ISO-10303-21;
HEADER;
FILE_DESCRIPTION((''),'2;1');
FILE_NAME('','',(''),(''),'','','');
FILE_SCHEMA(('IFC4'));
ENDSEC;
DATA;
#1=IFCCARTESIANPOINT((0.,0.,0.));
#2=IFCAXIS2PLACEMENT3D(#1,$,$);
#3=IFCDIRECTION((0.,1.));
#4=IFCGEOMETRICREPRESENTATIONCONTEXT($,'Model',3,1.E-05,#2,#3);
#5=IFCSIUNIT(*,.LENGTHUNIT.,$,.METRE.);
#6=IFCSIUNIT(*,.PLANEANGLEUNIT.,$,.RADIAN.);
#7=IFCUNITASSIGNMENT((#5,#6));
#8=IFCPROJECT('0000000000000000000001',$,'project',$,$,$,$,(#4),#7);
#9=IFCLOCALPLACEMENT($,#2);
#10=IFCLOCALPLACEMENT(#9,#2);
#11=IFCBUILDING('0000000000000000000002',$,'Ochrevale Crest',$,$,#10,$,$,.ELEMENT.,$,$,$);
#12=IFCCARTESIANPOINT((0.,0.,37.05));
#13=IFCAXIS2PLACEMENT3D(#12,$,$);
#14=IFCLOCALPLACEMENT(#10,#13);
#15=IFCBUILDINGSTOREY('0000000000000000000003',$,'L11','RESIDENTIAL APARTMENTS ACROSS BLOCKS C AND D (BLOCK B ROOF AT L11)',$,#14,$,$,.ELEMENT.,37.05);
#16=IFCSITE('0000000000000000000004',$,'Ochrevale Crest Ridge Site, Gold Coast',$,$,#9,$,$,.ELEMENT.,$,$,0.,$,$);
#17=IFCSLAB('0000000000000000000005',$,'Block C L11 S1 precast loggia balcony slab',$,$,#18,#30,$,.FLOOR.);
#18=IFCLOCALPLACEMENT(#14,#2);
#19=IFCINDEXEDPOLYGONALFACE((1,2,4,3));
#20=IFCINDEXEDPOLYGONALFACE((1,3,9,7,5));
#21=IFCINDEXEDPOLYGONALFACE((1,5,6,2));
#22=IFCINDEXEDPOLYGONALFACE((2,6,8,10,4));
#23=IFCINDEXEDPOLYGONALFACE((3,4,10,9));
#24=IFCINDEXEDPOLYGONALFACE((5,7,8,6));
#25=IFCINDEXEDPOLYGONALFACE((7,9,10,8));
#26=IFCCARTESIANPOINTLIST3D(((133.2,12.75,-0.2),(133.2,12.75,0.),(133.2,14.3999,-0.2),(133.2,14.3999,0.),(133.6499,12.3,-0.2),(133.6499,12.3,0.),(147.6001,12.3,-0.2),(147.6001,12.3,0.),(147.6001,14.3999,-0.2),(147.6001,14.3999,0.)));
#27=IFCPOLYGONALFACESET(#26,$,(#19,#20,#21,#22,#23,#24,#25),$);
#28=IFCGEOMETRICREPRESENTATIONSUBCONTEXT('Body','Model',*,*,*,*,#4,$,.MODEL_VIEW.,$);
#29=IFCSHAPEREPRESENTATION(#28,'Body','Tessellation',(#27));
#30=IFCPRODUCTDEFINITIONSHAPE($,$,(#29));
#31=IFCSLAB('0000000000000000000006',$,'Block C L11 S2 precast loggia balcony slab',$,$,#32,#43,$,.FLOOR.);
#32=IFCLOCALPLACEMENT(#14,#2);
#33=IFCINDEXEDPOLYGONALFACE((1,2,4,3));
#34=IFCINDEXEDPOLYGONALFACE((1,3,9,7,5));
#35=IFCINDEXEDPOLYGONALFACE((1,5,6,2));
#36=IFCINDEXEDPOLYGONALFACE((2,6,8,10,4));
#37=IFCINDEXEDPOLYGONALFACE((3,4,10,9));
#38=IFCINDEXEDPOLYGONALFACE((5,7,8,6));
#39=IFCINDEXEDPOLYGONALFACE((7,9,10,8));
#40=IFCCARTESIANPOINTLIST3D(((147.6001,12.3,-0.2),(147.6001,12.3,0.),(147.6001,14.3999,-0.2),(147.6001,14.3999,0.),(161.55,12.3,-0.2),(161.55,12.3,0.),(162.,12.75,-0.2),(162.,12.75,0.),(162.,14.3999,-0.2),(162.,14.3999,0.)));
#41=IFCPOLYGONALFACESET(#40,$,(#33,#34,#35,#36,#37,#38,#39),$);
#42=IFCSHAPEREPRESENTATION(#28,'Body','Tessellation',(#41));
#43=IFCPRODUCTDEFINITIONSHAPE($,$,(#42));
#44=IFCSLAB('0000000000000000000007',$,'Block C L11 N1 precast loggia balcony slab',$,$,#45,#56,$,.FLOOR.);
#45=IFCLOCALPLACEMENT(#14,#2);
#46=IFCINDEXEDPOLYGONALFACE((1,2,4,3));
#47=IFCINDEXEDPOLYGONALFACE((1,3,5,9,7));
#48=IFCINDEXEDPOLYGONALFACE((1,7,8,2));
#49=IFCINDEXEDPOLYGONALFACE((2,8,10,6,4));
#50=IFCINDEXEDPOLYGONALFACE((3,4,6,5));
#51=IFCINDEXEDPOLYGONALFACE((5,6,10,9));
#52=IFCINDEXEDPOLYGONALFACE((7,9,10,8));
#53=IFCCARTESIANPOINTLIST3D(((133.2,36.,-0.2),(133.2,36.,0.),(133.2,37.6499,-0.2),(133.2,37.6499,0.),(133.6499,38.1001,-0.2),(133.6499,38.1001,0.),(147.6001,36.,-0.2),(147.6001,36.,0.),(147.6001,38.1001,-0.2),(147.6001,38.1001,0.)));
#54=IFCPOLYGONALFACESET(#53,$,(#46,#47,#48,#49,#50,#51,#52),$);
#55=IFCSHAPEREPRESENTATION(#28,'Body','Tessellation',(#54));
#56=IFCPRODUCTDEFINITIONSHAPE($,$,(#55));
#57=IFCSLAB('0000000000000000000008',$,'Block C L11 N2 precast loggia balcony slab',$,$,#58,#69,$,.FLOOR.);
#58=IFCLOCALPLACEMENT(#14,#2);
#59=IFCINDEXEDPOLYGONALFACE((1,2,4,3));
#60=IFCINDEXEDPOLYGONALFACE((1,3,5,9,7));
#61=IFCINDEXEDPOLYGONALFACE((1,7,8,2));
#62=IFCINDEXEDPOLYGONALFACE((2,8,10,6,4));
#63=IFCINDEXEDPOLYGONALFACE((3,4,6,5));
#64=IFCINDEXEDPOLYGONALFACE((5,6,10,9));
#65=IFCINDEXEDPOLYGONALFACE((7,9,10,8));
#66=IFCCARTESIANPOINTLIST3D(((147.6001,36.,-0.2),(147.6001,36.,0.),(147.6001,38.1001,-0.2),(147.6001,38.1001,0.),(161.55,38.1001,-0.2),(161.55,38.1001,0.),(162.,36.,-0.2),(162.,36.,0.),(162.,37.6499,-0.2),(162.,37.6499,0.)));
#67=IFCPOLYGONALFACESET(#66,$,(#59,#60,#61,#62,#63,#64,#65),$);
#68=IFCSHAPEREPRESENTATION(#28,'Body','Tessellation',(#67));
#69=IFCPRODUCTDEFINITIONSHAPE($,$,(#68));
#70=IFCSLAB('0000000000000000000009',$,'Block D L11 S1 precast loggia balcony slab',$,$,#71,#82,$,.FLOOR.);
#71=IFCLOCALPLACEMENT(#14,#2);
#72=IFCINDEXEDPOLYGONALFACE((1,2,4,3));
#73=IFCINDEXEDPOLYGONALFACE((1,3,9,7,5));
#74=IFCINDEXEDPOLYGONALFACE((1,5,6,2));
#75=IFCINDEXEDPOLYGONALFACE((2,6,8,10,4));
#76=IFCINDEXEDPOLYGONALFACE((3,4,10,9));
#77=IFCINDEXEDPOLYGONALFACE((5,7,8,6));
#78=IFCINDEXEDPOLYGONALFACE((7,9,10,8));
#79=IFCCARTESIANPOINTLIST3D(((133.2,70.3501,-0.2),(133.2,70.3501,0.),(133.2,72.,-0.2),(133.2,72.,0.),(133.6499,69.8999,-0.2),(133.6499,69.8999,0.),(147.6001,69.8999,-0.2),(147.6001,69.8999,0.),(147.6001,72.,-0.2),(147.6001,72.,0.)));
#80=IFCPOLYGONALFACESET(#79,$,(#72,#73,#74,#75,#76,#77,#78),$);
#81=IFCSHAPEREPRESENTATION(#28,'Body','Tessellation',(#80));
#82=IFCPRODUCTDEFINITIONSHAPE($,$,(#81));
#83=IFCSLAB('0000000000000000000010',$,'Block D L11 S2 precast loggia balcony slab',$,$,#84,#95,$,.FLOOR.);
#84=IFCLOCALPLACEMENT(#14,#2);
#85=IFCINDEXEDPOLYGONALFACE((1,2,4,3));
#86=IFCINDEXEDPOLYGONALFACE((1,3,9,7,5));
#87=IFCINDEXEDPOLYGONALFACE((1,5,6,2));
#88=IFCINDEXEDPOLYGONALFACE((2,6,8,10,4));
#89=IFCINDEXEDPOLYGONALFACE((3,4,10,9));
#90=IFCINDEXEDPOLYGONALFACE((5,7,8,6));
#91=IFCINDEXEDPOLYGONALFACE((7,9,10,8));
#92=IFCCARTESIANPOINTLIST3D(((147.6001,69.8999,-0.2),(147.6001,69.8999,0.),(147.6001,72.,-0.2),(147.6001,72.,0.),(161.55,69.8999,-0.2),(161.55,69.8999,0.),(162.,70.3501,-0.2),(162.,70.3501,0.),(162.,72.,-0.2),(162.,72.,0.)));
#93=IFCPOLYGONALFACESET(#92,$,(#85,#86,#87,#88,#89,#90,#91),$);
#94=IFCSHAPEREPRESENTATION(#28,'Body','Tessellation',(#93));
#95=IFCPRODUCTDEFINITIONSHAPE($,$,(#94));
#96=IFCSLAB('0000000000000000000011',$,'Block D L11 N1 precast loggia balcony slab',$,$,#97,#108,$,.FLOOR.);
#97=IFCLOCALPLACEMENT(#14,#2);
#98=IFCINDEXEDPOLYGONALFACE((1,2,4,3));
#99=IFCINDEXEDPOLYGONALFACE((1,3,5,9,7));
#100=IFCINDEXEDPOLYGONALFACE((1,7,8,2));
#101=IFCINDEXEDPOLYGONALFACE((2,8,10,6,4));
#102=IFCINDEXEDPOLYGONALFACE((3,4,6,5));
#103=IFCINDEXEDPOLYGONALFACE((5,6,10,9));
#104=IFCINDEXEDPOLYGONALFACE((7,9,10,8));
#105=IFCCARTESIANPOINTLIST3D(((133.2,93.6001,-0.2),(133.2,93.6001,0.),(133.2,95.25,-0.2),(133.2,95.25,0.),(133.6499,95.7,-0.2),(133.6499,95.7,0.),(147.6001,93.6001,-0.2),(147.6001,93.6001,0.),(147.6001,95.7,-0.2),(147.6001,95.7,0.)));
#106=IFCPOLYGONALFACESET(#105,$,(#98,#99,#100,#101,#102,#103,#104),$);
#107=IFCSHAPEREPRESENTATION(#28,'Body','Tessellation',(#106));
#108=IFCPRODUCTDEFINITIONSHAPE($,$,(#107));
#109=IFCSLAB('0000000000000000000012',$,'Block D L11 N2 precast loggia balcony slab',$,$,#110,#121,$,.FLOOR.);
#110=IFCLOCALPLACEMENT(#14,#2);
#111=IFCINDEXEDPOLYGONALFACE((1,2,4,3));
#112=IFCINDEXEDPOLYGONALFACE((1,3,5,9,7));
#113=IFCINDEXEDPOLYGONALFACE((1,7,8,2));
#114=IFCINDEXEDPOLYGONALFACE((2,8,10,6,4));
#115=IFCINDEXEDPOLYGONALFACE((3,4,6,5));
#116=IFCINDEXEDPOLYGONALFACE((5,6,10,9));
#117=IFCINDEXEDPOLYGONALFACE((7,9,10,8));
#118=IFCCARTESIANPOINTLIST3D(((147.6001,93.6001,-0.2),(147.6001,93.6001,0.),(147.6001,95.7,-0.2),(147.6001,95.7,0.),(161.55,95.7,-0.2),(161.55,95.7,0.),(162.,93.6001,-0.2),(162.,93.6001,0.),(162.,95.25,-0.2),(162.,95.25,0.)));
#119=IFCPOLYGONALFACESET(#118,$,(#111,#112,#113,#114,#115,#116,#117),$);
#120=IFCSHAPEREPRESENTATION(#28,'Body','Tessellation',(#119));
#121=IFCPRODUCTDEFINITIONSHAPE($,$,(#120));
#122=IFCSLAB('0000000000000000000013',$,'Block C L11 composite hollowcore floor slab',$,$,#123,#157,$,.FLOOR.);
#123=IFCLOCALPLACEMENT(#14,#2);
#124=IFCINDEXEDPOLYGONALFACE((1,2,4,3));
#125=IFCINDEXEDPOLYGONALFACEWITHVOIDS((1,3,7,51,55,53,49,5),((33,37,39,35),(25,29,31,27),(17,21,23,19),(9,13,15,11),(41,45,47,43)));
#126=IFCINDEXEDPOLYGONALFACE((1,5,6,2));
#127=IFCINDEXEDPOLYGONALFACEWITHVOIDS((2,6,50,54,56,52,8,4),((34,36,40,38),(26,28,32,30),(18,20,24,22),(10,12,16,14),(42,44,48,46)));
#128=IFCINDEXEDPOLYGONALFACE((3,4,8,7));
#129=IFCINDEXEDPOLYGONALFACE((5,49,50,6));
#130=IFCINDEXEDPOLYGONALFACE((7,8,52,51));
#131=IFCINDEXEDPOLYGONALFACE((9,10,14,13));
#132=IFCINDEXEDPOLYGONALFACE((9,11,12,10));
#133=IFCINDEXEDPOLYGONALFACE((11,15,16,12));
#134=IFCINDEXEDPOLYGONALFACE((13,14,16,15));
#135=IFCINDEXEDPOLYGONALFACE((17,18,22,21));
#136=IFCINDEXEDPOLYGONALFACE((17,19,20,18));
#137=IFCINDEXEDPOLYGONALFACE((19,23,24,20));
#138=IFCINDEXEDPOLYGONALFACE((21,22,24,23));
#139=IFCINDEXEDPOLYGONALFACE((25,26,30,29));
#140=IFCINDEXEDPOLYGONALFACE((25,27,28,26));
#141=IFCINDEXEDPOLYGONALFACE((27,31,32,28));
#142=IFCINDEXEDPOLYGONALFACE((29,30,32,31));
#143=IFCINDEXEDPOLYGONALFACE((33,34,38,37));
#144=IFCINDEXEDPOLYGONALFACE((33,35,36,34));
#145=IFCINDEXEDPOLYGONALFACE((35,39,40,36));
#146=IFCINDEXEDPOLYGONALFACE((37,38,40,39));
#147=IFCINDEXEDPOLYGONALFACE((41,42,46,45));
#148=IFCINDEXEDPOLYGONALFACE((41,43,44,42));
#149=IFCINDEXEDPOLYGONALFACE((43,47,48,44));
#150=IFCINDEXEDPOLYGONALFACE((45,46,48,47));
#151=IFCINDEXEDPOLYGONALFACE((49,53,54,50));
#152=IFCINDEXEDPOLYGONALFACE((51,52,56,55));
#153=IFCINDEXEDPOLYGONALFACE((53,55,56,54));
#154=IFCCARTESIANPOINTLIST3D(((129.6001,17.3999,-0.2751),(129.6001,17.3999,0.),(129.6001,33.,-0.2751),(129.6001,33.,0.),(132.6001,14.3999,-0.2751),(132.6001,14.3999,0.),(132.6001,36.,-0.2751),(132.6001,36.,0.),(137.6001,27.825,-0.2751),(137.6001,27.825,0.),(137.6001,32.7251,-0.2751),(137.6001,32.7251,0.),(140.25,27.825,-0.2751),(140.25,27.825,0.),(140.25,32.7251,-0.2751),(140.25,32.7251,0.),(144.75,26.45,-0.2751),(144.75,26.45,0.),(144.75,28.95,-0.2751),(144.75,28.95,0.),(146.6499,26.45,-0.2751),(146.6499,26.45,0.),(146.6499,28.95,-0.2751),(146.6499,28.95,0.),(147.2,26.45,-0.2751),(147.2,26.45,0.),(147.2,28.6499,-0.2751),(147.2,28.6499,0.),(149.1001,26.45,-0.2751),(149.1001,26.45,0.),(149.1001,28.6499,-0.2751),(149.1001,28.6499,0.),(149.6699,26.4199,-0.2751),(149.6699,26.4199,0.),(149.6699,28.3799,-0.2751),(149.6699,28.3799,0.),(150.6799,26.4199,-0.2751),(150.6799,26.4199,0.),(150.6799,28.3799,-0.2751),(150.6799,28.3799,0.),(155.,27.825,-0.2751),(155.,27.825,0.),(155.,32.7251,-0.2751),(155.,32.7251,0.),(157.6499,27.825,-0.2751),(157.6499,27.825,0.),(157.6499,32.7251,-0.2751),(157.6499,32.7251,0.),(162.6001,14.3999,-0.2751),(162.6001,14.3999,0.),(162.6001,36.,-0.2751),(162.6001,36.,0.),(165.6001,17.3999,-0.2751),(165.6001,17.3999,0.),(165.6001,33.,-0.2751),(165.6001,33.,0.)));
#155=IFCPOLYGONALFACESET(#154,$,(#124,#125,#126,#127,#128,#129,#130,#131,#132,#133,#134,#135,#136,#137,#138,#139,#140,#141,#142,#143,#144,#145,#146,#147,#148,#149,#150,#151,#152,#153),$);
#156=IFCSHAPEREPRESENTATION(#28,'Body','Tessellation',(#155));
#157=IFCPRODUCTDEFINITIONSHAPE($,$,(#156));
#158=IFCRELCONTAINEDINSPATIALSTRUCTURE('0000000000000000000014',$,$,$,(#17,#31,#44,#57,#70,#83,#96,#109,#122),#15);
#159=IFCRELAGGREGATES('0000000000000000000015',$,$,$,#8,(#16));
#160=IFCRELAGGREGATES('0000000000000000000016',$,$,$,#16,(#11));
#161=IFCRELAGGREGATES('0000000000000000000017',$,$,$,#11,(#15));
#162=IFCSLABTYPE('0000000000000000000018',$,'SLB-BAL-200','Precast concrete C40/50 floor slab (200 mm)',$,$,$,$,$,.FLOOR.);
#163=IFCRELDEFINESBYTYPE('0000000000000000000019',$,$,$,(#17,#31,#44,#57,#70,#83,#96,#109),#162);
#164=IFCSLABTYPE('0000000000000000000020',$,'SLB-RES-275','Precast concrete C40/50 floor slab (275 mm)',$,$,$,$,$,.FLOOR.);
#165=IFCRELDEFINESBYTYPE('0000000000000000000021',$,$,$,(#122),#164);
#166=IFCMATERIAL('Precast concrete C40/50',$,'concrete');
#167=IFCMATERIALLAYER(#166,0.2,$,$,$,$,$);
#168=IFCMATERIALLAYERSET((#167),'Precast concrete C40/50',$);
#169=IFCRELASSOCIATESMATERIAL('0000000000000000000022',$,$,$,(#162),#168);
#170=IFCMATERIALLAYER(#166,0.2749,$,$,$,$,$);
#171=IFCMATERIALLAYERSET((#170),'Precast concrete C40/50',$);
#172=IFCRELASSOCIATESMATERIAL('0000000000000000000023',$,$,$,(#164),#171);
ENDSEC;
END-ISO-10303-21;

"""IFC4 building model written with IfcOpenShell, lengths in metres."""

from ifc_helpers import new_model, si_unit, direction, frame, origin, place, context, subcontext, project, spatial, polyline, outline, extrude, material, layer, layer_set, type_object, element, save


model = new_model("IFC4")

# Units and contexts
model_context = context("Model", 3, precision=1e-05, world=origin(), true_north=direction((0.0, 1.0)))
body_context = subcontext(model_context, "Body", "Model", "MODEL_VIEW")
ifc_project = project(units=[si_unit("LENGTHUNIT", "METRE"), si_unit("PLANEANGLEUNIT", "RADIAN")], contexts=[model_context])

# Site, building, storey
site_placement = place(None, origin())
site = spatial("IfcSite", under=ifc_project, at=site_placement, Name="Ochrevale Crest Ridge Site, Gold Coast", CompositionType="ELEMENT", RefElevation=0.0)
building_placement = place(site_placement, origin())
building = spatial("IfcBuilding", under=site, at=building_placement, Name="Ochrevale Crest", CompositionType="ELEMENT")
storey_placement = place(building_placement, frame((0.0, 0.0, 37.05)))
storey = spatial("IfcBuildingStorey", under=building, at=storey_placement, Name="L11", Description="RESIDENTIAL APARTMENTS ACROSS BLOCKS C AND D (BLOCK B ROOF AT L11)", CompositionType="ELEMENT", Elevation=37.05)

# Slabs
ifc_material_1 = material(Name="Precast concrete C40/50", Category="concrete")
ifc_layer_1 = layer(ifc_material_1, 0.2)
ifc_layer_set_1 = layer_set([ifc_layer_1], Name="Precast concrete C40/50")
slab_type_1 = type_object("IfcSlabType", Name="SLB-BAL-200", Description="Precast concrete C40/50 floor slab (200 mm)", PredefinedType="FLOOR", material=ifc_layer_set_1)
slab_1_placement = place(storey_placement, frame((0.0, 0.0, -0.2)))
element("IfcSlab", 1, at=slab_1_placement, inside=storey, type_object=slab_type_1, Name="Block C L11 S1 precast loggia balcony slab", PredefinedType="FLOOR", context=body_context, shape_type="SweptSolid", body=[
    extrude(outline(polyline([(133.6499, 12.3), (147.6001, 12.3), (147.6001, 14.3999), (133.2, 14.3999), (133.2, 12.75), (133.6499, 12.3)])), origin(), (0.0, 0.0, 1.0), 0.2),
])
slab_2_placement = place(storey_placement, frame((0.0, 0.0, -0.2)))
element("IfcSlab", 2, at=slab_2_placement, inside=storey, type_object=slab_type_1, Name="Block C L11 S2 precast loggia balcony slab", PredefinedType="FLOOR", context=body_context, shape_type="SweptSolid", body=[
    extrude(outline(polyline([(147.6001, 12.3), (161.55, 12.3), (162.0, 12.75), (162.0, 14.3999), (147.6001, 14.3999), (147.6001, 12.3)])), origin(), (0.0, 0.0, 1.0), 0.2),
])
slab_3_placement = place(storey_placement, frame((0.0, 0.0, -0.2)))
element("IfcSlab", 3, at=slab_3_placement, inside=storey, type_object=slab_type_1, Name="Block C L11 N1 precast loggia balcony slab", PredefinedType="FLOOR", context=body_context, shape_type="SweptSolid", body=[
    extrude(outline(polyline([(133.2, 36.0), (147.6001, 36.0), (147.6001, 38.1001), (133.6499, 38.1001), (133.2, 37.6499), (133.2, 36.0)])), origin(), (0.0, 0.0, 1.0), 0.2),
])
slab_4_placement = place(storey_placement, frame((0.0, 0.0, -0.2)))
element("IfcSlab", 4, at=slab_4_placement, inside=storey, type_object=slab_type_1, Name="Block C L11 N2 precast loggia balcony slab", PredefinedType="FLOOR", context=body_context, shape_type="SweptSolid", body=[
    extrude(outline(polyline([(147.6001, 36.0), (162.0, 36.0), (162.0, 37.6499), (161.55, 38.1001), (147.6001, 38.1001), (147.6001, 36.0)])), origin(), (0.0, 0.0, 1.0), 0.2),
])
slab_5_placement = place(storey_placement, frame((0.0, 0.0, -0.2)))
element("IfcSlab", 5, at=slab_5_placement, inside=storey, type_object=slab_type_1, Name="Block D L11 S1 precast loggia balcony slab", PredefinedType="FLOOR", context=body_context, shape_type="SweptSolid", body=[
    extrude(outline(polyline([(133.6499, 69.8999), (147.6001, 69.8999), (147.6001, 72.0), (133.2, 72.0), (133.2, 70.3501), (133.6499, 69.8999)])), origin(), (0.0, 0.0, 1.0), 0.2),
])
slab_6_placement = place(storey_placement, frame((0.0, 0.0, -0.2)))
element("IfcSlab", 6, at=slab_6_placement, inside=storey, type_object=slab_type_1, Name="Block D L11 S2 precast loggia balcony slab", PredefinedType="FLOOR", context=body_context, shape_type="SweptSolid", body=[
    extrude(outline(polyline([(147.6001, 69.8999), (161.55, 69.8999), (162.0, 70.3501), (162.0, 72.0), (147.6001, 72.0), (147.6001, 69.8999)])), origin(), (0.0, 0.0, 1.0), 0.2),
])
slab_7_placement = place(storey_placement, frame((0.0, 0.0, -0.2)))
element("IfcSlab", 7, at=slab_7_placement, inside=storey, type_object=slab_type_1, Name="Block D L11 N1 precast loggia balcony slab", PredefinedType="FLOOR", context=body_context, shape_type="SweptSolid", body=[
    extrude(outline(polyline([(133.2, 93.6001), (147.6001, 93.6001), (147.6001, 95.7), (133.6499, 95.7), (133.2, 95.25), (133.2, 93.6001)])), origin(), (0.0, 0.0, 1.0), 0.2),
])
slab_8_placement = place(storey_placement, frame((0.0, 0.0, -0.2)))
element("IfcSlab", 8, at=slab_8_placement, inside=storey, type_object=slab_type_1, Name="Block D L11 N2 precast loggia balcony slab", PredefinedType="FLOOR", context=body_context, shape_type="SweptSolid", body=[
    extrude(outline(polyline([(147.6001, 93.6001), (162.0, 93.6001), (162.0, 95.25), (161.55, 95.7), (147.6001, 95.7), (147.6001, 93.6001)])), origin(), (0.0, 0.0, 1.0), 0.2),
])
ifc_layer_2 = layer(ifc_material_1, 0.2749)
ifc_layer_set_2 = layer_set([ifc_layer_2], Name="Precast concrete C40/50")
slab_type_2 = type_object("IfcSlabType", Name="SLB-RES-275", Description="Precast concrete C40/50 floor slab (275 mm)", PredefinedType="FLOOR", material=ifc_layer_set_2)
slab_9_placement = place(storey_placement, frame((0.0, 0.0, -0.2751)))
element("IfcSlab", 9, at=slab_9_placement, inside=storey, type_object=slab_type_2, Name="Block C L11 composite hollowcore floor slab", PredefinedType="FLOOR", context=body_context, shape_type="SweptSolid", body=[
    extrude(outline(polyline([(132.6001, 14.3999), (162.6001, 14.3999), (165.6001, 17.3999), (165.6001, 33.0), (162.6001, 36.0), (132.6001, 36.0), (129.6001, 33.0), (129.6001, 17.3999), (132.6001, 14.3999)]), holes=[polyline([(140.25, 27.825), (140.25, 32.7251), (137.6001, 32.7251), (137.6001, 27.825), (140.25, 27.825)]), polyline([(157.6499, 27.825), (157.6499, 32.7251), (155.0, 32.7251), (155.0, 27.825), (157.6499, 27.825)]), polyline([(144.75, 26.45), (146.6499, 26.45), (146.6499, 28.95), (144.75, 28.95), (144.75, 26.45)]), polyline([(147.2, 26.45), (149.1001, 26.45), (149.1001, 28.6499), (147.2, 28.6499), (147.2, 26.45)]), polyline([(149.6699, 26.4199), (150.6799, 26.4199), (150.6799, 28.3799), (149.6699, 28.3799), (149.6699, 26.4199)])]), origin(), (0.0, 0.0, 1.0), 0.2751),
])

save(model, "model.ifc")
